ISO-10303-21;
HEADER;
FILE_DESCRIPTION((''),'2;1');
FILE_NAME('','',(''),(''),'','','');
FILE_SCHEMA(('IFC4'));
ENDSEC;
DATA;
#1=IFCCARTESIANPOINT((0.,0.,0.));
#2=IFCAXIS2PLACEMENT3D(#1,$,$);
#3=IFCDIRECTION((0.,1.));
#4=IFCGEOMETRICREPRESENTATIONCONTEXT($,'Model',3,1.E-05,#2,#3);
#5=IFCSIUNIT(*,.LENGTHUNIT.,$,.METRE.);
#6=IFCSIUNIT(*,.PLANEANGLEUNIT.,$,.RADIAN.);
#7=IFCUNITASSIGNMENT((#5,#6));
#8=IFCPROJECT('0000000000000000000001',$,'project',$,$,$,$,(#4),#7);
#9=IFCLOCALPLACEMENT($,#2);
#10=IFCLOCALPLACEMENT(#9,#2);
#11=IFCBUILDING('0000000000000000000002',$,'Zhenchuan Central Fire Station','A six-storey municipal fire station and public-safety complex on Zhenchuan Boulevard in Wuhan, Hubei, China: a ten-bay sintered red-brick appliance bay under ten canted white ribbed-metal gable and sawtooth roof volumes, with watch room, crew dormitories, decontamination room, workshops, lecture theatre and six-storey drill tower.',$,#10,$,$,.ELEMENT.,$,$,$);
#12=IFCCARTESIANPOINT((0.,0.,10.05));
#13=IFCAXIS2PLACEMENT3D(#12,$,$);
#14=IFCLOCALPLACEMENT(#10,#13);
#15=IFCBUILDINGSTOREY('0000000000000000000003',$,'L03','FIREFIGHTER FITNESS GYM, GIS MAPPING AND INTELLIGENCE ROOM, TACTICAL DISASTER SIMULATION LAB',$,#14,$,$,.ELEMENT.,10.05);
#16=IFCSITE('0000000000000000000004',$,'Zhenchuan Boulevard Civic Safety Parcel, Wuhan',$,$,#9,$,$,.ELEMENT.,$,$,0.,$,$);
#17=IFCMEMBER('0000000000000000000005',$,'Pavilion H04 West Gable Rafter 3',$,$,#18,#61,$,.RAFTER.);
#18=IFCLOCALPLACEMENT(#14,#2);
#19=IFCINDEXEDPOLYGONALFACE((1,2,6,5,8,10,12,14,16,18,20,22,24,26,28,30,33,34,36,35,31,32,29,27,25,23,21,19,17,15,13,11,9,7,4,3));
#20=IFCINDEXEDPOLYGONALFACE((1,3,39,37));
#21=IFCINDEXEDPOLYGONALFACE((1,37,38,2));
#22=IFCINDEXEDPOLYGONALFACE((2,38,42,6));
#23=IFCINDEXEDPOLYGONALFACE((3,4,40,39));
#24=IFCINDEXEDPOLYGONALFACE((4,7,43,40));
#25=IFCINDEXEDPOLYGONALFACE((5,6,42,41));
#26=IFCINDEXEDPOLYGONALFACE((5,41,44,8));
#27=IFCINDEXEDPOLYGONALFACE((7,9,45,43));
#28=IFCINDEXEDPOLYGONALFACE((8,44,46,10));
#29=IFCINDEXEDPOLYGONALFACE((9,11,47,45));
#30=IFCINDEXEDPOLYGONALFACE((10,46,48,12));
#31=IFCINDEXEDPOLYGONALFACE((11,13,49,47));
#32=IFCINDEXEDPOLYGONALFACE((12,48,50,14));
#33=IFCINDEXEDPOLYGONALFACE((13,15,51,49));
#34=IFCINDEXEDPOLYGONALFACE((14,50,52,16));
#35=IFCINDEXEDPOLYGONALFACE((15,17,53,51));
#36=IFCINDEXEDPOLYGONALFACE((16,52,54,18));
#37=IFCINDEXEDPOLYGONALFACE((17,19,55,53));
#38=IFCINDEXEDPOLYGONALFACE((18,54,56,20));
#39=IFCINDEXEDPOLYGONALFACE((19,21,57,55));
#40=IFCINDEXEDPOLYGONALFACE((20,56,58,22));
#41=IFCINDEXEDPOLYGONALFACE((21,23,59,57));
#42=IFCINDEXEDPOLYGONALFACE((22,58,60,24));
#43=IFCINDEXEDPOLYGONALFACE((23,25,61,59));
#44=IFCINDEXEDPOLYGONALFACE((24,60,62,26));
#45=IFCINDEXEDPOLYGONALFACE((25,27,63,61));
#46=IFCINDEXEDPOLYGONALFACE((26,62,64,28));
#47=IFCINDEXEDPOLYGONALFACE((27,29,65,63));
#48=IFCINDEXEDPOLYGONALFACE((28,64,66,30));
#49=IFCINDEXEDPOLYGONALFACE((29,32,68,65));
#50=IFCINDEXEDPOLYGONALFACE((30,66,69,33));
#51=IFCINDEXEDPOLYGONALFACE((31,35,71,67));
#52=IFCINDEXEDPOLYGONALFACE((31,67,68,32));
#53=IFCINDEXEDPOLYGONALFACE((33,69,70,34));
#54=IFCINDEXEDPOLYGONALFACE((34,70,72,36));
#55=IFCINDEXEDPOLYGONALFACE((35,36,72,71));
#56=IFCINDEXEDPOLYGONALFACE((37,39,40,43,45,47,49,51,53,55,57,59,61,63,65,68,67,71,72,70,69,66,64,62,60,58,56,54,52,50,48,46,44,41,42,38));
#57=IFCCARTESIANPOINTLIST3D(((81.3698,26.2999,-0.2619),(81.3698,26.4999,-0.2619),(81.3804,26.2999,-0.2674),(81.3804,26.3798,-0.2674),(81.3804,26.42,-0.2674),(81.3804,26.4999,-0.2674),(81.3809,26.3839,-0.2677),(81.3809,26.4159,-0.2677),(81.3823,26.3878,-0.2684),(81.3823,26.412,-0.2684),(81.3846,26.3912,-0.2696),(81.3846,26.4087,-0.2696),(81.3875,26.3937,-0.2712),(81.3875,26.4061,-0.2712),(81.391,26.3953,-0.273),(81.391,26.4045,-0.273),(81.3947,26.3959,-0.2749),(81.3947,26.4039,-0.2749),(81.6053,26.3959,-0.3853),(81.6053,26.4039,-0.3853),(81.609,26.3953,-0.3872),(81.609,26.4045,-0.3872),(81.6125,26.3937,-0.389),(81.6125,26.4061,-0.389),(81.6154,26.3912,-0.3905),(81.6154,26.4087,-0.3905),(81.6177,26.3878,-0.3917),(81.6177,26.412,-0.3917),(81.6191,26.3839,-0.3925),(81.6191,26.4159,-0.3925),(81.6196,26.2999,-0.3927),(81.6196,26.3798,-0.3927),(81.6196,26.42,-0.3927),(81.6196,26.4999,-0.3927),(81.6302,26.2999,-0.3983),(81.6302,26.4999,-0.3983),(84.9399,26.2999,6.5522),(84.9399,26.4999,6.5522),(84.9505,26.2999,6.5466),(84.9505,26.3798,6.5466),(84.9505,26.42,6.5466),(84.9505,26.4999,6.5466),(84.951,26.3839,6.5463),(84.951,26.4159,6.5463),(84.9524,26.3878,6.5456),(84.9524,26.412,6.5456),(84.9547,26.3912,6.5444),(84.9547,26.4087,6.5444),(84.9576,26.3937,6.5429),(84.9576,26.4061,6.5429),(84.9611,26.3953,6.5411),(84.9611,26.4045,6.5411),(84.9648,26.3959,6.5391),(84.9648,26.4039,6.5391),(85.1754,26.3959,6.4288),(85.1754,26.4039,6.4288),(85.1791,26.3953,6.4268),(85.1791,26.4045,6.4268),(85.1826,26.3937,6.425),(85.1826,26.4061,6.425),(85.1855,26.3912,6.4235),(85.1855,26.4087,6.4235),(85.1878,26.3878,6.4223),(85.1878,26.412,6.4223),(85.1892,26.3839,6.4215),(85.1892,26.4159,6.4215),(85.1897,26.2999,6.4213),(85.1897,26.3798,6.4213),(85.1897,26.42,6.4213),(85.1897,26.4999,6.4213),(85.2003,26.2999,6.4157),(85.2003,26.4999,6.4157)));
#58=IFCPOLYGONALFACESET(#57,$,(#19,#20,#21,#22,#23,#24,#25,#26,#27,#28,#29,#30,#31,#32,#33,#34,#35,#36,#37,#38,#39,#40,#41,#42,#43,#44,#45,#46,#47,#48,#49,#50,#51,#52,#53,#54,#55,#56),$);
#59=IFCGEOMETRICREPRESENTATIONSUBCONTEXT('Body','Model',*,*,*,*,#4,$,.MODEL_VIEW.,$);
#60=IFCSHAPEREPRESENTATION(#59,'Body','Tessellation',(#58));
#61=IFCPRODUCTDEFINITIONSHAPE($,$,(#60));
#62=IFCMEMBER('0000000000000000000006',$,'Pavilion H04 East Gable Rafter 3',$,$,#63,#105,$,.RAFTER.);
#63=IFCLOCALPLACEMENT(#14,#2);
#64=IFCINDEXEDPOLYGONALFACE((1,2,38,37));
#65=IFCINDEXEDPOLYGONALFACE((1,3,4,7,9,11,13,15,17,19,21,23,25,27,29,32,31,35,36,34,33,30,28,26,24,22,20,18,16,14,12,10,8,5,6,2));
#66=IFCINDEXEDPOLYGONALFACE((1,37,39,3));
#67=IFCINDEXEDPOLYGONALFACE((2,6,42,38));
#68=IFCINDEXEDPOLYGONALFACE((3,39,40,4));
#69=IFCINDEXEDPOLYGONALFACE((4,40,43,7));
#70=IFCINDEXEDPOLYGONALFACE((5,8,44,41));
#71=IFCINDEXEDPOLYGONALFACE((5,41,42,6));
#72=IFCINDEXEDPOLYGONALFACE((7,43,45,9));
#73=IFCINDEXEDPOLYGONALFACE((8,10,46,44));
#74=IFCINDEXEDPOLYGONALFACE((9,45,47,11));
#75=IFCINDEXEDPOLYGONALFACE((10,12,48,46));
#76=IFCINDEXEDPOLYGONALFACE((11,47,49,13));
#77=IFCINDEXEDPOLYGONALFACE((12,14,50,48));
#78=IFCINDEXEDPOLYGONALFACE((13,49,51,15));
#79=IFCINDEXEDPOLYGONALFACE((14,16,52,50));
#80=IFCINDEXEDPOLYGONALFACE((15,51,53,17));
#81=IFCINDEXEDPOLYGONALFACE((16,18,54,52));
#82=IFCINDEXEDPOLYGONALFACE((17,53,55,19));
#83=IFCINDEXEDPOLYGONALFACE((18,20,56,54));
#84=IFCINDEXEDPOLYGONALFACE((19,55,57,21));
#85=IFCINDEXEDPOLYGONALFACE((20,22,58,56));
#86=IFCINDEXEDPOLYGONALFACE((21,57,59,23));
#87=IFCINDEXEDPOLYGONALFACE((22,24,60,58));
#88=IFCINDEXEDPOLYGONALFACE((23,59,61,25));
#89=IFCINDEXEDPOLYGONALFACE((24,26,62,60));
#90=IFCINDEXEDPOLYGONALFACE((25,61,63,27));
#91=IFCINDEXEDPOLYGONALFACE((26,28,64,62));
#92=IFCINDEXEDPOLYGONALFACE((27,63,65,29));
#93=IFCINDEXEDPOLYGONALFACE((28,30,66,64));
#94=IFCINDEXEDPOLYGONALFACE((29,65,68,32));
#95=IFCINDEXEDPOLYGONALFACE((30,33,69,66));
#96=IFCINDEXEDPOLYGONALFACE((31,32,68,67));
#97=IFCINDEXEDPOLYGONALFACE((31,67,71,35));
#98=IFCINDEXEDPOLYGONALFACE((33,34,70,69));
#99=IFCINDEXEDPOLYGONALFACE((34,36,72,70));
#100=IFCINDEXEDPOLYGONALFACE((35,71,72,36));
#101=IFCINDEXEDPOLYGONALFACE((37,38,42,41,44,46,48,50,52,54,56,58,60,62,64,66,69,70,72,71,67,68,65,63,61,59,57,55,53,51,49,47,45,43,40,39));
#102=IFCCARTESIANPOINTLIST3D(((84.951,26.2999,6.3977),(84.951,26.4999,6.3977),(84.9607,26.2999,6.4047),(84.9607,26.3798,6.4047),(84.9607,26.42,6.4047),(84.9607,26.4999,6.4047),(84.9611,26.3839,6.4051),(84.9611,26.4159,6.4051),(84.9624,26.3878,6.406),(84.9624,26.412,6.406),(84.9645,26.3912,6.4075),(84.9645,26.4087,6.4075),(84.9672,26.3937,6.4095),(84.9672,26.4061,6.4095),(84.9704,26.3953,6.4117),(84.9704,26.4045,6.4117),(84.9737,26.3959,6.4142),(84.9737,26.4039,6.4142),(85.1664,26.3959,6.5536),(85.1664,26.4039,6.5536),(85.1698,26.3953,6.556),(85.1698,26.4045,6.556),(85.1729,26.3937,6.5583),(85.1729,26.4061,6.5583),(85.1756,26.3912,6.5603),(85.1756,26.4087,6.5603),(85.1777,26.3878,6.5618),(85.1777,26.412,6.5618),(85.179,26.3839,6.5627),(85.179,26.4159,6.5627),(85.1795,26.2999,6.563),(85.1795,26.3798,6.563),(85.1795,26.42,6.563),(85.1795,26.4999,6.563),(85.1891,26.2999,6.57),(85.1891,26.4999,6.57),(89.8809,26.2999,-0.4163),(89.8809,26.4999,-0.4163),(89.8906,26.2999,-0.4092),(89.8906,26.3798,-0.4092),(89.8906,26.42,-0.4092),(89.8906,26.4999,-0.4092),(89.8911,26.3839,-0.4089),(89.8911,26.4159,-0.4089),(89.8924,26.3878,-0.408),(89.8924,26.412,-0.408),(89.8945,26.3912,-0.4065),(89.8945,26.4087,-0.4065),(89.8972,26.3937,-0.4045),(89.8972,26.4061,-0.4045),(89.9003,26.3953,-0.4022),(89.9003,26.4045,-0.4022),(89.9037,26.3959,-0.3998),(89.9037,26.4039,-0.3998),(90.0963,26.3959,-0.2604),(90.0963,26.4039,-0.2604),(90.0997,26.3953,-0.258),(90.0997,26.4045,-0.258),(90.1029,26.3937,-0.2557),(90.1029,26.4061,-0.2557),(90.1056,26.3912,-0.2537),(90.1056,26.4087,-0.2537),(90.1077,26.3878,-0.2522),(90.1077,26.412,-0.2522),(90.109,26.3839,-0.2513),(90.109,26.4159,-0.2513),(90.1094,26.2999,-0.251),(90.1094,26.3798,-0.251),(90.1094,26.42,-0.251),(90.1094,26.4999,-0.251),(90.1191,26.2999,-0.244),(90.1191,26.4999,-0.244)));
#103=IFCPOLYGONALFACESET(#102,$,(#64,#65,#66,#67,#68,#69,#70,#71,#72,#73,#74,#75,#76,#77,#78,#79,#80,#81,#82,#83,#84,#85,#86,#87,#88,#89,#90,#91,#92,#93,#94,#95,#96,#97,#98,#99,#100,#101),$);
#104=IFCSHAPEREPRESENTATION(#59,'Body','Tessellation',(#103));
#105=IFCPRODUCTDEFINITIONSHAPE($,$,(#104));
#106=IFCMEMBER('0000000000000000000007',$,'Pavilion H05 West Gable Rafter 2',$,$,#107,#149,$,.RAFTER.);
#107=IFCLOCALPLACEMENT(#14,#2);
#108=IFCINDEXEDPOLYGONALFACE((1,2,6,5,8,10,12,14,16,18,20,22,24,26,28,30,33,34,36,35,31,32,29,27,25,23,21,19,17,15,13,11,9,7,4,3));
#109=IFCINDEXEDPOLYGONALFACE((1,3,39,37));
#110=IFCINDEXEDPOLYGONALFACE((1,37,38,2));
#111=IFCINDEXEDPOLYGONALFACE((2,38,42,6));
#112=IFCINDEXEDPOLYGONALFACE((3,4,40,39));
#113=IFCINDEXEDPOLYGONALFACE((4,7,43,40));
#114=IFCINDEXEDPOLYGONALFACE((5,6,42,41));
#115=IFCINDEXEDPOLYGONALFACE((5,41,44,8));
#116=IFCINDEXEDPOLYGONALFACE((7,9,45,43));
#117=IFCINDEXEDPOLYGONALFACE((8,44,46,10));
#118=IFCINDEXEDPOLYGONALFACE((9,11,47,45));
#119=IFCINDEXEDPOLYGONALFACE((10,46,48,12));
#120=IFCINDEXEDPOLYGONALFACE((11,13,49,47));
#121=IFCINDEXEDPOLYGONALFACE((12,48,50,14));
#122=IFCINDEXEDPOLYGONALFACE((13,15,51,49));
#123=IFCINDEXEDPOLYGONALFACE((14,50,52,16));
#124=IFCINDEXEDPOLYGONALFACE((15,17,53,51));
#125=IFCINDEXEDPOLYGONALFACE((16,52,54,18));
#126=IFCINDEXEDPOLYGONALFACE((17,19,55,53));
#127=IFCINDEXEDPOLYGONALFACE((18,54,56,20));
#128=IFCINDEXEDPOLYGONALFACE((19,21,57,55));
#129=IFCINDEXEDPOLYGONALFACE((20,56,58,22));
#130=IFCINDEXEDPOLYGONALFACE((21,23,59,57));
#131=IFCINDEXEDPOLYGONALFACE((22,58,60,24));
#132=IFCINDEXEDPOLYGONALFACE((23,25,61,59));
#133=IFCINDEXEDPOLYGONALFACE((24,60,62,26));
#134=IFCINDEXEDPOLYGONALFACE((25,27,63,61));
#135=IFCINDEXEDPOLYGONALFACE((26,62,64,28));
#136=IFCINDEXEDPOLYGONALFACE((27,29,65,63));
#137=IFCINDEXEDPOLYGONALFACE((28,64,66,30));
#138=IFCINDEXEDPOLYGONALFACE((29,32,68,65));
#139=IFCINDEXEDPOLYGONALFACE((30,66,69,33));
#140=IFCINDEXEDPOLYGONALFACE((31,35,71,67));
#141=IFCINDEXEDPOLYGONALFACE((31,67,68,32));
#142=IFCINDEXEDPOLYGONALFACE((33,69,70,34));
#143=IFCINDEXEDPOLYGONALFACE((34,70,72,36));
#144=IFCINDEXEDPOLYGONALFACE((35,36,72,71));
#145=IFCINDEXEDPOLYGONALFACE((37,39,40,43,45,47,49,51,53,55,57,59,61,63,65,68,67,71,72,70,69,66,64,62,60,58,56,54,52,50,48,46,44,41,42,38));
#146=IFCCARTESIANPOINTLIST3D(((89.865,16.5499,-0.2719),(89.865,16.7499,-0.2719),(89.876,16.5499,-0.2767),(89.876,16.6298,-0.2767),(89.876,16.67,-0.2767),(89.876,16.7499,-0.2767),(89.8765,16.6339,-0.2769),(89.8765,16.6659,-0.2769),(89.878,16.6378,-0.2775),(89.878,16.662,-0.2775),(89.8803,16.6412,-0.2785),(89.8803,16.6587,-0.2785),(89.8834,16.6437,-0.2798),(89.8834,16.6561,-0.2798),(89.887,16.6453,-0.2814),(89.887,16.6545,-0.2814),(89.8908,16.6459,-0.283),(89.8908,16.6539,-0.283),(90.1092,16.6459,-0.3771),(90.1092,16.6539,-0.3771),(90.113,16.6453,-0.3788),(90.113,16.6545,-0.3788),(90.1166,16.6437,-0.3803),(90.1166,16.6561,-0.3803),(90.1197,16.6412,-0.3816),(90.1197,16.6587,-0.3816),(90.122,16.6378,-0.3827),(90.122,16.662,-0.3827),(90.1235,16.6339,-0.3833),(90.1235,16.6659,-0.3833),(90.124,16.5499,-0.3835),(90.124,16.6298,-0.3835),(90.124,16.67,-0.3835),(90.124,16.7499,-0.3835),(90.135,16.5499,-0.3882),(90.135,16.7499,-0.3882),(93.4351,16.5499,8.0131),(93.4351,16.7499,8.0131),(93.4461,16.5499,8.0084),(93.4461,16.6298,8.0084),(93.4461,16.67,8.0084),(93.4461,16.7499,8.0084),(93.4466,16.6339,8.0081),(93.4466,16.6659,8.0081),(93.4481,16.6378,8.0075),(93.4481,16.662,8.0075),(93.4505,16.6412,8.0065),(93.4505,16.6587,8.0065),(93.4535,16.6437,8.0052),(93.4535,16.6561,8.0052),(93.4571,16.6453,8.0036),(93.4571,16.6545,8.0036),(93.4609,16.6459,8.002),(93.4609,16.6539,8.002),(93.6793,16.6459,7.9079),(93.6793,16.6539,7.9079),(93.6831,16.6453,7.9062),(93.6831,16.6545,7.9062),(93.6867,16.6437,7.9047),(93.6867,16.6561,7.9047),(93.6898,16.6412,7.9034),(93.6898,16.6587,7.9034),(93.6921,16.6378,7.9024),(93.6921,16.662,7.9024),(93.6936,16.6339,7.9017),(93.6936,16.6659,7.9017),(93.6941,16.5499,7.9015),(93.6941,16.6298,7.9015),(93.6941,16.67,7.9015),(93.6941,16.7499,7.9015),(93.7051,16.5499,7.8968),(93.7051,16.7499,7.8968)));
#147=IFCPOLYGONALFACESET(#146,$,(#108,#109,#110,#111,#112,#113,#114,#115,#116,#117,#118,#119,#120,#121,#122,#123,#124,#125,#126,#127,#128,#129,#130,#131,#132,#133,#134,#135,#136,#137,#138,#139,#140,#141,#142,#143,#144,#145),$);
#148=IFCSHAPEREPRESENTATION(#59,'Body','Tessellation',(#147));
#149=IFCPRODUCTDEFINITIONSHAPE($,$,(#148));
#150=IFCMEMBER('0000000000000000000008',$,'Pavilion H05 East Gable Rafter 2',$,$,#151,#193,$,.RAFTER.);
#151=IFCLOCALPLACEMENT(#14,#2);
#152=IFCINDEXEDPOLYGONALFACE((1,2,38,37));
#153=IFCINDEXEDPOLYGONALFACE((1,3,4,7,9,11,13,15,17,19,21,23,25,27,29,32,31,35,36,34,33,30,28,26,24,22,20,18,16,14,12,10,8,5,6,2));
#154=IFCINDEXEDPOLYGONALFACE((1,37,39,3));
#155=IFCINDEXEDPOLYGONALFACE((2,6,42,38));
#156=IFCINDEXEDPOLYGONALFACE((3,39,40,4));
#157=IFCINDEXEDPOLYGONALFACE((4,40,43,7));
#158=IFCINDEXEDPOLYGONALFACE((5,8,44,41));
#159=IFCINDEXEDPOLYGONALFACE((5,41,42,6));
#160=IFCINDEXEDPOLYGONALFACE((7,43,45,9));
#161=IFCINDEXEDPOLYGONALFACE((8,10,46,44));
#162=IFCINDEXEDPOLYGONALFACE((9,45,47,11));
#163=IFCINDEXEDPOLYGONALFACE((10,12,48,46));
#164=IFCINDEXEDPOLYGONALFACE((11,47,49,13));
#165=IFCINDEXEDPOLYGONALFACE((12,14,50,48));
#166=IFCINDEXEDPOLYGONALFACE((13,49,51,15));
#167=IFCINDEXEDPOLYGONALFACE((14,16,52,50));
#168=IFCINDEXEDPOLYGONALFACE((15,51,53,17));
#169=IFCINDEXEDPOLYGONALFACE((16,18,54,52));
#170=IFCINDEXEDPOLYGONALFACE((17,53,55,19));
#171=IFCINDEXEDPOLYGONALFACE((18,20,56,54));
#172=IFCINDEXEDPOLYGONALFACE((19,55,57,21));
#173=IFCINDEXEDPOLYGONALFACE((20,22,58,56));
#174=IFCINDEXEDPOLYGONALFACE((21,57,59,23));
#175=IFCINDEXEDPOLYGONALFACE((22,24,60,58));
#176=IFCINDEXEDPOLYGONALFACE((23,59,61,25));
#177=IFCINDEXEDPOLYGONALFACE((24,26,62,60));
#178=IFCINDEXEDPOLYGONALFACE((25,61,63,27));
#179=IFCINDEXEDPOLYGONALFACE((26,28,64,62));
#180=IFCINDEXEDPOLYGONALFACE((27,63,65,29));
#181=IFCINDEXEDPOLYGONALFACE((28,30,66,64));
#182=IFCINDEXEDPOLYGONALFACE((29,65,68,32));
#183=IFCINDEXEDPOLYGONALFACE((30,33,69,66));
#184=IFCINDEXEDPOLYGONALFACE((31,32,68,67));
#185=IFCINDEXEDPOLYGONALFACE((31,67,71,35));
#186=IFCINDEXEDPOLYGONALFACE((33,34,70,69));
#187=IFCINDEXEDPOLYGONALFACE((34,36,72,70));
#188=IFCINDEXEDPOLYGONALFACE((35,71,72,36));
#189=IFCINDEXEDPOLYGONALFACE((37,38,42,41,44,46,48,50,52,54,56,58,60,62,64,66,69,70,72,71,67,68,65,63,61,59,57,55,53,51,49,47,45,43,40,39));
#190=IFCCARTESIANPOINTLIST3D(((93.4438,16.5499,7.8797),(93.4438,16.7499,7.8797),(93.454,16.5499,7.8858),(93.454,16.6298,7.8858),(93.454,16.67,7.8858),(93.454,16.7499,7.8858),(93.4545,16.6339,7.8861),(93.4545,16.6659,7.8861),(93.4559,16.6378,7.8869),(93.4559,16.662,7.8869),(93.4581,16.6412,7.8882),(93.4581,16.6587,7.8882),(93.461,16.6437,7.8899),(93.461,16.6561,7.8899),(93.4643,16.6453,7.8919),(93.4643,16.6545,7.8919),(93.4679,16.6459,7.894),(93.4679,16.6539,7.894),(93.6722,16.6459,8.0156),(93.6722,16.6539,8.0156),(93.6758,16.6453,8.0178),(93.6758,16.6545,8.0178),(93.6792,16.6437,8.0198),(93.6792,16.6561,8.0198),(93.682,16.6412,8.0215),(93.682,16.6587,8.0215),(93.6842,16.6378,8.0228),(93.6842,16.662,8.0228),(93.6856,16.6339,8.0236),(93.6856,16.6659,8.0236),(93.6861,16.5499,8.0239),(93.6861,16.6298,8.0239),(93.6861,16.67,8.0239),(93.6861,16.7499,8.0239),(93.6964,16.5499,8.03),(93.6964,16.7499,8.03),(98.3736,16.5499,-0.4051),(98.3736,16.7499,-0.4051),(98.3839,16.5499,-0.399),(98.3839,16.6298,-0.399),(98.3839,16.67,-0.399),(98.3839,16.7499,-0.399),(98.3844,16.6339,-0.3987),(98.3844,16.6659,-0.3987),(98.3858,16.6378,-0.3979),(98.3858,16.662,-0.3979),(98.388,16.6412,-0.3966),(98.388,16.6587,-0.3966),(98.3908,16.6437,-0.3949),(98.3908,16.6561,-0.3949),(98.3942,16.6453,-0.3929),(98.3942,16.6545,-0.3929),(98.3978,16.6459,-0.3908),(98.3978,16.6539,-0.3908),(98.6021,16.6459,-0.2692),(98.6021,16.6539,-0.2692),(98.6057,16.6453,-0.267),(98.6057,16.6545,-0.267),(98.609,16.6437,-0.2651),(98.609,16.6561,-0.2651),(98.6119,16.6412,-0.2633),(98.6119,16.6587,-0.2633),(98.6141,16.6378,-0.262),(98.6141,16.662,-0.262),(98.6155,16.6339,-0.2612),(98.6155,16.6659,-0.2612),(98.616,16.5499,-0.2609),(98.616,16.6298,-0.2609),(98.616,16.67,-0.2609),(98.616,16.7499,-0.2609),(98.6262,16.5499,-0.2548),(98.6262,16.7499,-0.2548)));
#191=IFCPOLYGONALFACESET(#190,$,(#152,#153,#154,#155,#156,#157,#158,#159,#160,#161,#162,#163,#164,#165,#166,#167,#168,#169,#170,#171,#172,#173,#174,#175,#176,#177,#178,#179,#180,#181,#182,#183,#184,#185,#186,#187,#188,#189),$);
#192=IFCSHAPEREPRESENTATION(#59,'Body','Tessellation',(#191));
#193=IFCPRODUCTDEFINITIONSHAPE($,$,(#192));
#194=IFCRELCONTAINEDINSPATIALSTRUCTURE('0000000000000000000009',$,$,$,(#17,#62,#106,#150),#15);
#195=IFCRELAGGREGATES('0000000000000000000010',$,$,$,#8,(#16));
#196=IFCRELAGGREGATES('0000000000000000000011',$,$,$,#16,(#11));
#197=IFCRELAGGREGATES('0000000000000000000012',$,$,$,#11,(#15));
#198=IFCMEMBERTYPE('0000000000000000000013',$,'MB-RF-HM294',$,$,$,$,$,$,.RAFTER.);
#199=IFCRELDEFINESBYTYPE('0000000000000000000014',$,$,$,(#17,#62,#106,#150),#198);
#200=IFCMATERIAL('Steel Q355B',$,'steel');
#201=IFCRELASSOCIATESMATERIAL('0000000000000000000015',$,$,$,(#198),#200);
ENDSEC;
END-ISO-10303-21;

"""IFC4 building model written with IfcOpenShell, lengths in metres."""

from ifc_helpers import new_model, si_unit, direction, frame, origin, origin_2d, place, context, subcontext, project, spatial, i_section, extrude, material, material_profile, profile_set, type_object, element, save


model = new_model("IFC4")

# Units and contexts
model_context = context("Model", 3, precision=1e-05, world=origin(), true_north=direction((0.0, 1.0)))
body_context = subcontext(model_context, "Body", "Model", "MODEL_VIEW")
ifc_project = project(units=[si_unit("LENGTHUNIT", "METRE"), si_unit("PLANEANGLEUNIT", "RADIAN")], contexts=[model_context])

# Site, building, storey
site_placement = place(None, origin())
site = spatial("IfcSite", under=ifc_project, at=site_placement, Name="Zhenchuan Boulevard Civic Safety Parcel, Wuhan", CompositionType="ELEMENT", RefElevation=0.0)
building_placement = place(site_placement, origin())
building = spatial("IfcBuilding", under=site, at=building_placement, Name="Zhenchuan Central Fire Station", Description="A six-storey municipal fire station and public-safety complex on Zhenchuan Boulevard in Wuhan, Hubei, China: a ten-bay sintered red-brick appliance bay under ten canted white ribbed-metal gable and sawtooth roof volumes, with watch room, crew dormitories, decontamination room, workshops, lecture theatre and six-storey drill tower.", CompositionType="ELEMENT")
storey_placement = place(building_placement, frame((0.0, 0.0, 10.05)))
storey = spatial("IfcBuildingStorey", under=building, at=storey_placement, Name="L03", Description="FIREFIGHTER FITNESS GYM, GIS MAPPING AND INTELLIGENCE ROOM, TACTICAL DISASTER SIMULATION LAB", CompositionType="ELEMENT", Elevation=10.05)

# Members
ifc_material = material(Name="Steel Q355B", Category="steel")
ifc_material_profile_1 = material_profile(ifc_material, i_section(OverallWidth=0.2, OverallDepth=0.2939, WebThickness=0.0081, FlangeThickness=0.012, FilletRadius=0.0161, at=origin_2d()), Name="HM 294x200")
ifc_profile_set_1 = profile_set([ifc_material_profile_1], Name="Steel Q355B")
member_type_1 = type_object("IfcMemberType", Name="MB-RF-HM294", PredefinedType="RAFTER", material=ifc_profile_set_1)
member_1_placement = place(storey_placement, frame((81.5, 26.3999, -0.3301), z_axis=(0.464094, 0.0, 0.885786), x_axis=(0.0, 1.0, 0.0)))
element("IfcMember", 1, at=member_1_placement, inside=storey, type_object=member_type_1, Name="Pavilion H04 West Gable Rafter 3", PredefinedType="RAFTER", context=body_context, shape_type="SweptSolid", body=[
    extrude(i_section(OverallWidth=0.2, OverallDepth=0.2939, WebThickness=0.0081, FlangeThickness=0.012, FilletRadius=0.0161, at=origin_2d()), origin(), (0.0, 0.0, 1.0), 7.6926),
])
member_2_placement = place(storey_placement, frame((85.0701, 26.3999, 6.4839), z_axis=(0.586173, 0.0, -0.810186), x_axis=(0.0, 1.0, 0.0)))
element("IfcMember", 2, at=member_2_placement, inside=storey, type_object=member_type_1, Name="Pavilion H04 East Gable Rafter 3", PredefinedType="RAFTER", context=body_context, shape_type="SweptSolid", body=[
    extrude(i_section(OverallWidth=0.2, OverallDepth=0.2939, WebThickness=0.0081, FlangeThickness=0.012, FilletRadius=0.0161, at=origin_2d()), origin(), (0.0, 0.0, 1.0), 8.4104),
])
member_3_placement = place(storey_placement, frame((90.0, 16.6499, -0.3301), z_axis=(0.395735, 0.0, 0.918365), x_axis=(0.0, 1.0, 0.0)))
element("IfcMember", 3, at=member_3_placement, inside=storey, type_object=member_type_1, Name="Pavilion H05 West Gable Rafter 2", PredefinedType="RAFTER", context=body_context, shape_type="SweptSolid", body=[
    extrude(i_section(OverallWidth=0.2, OverallDepth=0.2939, WebThickness=0.0081, FlangeThickness=0.012, FilletRadius=0.0161, at=origin_2d()), origin(), (0.0, 0.0, 1.0), 9.0215),
])
member_4_placement = place(storey_placement, frame((93.5701, 16.6499, 7.9548), z_axis=(0.511364, 0.0, -0.859364), x_axis=(0.0, 1.0, 0.0)))
element("IfcMember", 4, at=member_4_placement, inside=storey, type_object=member_type_1, Name="Pavilion H05 East Gable Rafter 2", PredefinedType="RAFTER", context=body_context, shape_type="SweptSolid", body=[
    extrude(i_section(OverallWidth=0.2, OverallDepth=0.2939, WebThickness=0.0081, FlangeThickness=0.012, FilletRadius=0.0161, at=origin_2d()), origin(), (0.0, 0.0, 1.0), 9.6406),
])

save(model, "model.ifc")
